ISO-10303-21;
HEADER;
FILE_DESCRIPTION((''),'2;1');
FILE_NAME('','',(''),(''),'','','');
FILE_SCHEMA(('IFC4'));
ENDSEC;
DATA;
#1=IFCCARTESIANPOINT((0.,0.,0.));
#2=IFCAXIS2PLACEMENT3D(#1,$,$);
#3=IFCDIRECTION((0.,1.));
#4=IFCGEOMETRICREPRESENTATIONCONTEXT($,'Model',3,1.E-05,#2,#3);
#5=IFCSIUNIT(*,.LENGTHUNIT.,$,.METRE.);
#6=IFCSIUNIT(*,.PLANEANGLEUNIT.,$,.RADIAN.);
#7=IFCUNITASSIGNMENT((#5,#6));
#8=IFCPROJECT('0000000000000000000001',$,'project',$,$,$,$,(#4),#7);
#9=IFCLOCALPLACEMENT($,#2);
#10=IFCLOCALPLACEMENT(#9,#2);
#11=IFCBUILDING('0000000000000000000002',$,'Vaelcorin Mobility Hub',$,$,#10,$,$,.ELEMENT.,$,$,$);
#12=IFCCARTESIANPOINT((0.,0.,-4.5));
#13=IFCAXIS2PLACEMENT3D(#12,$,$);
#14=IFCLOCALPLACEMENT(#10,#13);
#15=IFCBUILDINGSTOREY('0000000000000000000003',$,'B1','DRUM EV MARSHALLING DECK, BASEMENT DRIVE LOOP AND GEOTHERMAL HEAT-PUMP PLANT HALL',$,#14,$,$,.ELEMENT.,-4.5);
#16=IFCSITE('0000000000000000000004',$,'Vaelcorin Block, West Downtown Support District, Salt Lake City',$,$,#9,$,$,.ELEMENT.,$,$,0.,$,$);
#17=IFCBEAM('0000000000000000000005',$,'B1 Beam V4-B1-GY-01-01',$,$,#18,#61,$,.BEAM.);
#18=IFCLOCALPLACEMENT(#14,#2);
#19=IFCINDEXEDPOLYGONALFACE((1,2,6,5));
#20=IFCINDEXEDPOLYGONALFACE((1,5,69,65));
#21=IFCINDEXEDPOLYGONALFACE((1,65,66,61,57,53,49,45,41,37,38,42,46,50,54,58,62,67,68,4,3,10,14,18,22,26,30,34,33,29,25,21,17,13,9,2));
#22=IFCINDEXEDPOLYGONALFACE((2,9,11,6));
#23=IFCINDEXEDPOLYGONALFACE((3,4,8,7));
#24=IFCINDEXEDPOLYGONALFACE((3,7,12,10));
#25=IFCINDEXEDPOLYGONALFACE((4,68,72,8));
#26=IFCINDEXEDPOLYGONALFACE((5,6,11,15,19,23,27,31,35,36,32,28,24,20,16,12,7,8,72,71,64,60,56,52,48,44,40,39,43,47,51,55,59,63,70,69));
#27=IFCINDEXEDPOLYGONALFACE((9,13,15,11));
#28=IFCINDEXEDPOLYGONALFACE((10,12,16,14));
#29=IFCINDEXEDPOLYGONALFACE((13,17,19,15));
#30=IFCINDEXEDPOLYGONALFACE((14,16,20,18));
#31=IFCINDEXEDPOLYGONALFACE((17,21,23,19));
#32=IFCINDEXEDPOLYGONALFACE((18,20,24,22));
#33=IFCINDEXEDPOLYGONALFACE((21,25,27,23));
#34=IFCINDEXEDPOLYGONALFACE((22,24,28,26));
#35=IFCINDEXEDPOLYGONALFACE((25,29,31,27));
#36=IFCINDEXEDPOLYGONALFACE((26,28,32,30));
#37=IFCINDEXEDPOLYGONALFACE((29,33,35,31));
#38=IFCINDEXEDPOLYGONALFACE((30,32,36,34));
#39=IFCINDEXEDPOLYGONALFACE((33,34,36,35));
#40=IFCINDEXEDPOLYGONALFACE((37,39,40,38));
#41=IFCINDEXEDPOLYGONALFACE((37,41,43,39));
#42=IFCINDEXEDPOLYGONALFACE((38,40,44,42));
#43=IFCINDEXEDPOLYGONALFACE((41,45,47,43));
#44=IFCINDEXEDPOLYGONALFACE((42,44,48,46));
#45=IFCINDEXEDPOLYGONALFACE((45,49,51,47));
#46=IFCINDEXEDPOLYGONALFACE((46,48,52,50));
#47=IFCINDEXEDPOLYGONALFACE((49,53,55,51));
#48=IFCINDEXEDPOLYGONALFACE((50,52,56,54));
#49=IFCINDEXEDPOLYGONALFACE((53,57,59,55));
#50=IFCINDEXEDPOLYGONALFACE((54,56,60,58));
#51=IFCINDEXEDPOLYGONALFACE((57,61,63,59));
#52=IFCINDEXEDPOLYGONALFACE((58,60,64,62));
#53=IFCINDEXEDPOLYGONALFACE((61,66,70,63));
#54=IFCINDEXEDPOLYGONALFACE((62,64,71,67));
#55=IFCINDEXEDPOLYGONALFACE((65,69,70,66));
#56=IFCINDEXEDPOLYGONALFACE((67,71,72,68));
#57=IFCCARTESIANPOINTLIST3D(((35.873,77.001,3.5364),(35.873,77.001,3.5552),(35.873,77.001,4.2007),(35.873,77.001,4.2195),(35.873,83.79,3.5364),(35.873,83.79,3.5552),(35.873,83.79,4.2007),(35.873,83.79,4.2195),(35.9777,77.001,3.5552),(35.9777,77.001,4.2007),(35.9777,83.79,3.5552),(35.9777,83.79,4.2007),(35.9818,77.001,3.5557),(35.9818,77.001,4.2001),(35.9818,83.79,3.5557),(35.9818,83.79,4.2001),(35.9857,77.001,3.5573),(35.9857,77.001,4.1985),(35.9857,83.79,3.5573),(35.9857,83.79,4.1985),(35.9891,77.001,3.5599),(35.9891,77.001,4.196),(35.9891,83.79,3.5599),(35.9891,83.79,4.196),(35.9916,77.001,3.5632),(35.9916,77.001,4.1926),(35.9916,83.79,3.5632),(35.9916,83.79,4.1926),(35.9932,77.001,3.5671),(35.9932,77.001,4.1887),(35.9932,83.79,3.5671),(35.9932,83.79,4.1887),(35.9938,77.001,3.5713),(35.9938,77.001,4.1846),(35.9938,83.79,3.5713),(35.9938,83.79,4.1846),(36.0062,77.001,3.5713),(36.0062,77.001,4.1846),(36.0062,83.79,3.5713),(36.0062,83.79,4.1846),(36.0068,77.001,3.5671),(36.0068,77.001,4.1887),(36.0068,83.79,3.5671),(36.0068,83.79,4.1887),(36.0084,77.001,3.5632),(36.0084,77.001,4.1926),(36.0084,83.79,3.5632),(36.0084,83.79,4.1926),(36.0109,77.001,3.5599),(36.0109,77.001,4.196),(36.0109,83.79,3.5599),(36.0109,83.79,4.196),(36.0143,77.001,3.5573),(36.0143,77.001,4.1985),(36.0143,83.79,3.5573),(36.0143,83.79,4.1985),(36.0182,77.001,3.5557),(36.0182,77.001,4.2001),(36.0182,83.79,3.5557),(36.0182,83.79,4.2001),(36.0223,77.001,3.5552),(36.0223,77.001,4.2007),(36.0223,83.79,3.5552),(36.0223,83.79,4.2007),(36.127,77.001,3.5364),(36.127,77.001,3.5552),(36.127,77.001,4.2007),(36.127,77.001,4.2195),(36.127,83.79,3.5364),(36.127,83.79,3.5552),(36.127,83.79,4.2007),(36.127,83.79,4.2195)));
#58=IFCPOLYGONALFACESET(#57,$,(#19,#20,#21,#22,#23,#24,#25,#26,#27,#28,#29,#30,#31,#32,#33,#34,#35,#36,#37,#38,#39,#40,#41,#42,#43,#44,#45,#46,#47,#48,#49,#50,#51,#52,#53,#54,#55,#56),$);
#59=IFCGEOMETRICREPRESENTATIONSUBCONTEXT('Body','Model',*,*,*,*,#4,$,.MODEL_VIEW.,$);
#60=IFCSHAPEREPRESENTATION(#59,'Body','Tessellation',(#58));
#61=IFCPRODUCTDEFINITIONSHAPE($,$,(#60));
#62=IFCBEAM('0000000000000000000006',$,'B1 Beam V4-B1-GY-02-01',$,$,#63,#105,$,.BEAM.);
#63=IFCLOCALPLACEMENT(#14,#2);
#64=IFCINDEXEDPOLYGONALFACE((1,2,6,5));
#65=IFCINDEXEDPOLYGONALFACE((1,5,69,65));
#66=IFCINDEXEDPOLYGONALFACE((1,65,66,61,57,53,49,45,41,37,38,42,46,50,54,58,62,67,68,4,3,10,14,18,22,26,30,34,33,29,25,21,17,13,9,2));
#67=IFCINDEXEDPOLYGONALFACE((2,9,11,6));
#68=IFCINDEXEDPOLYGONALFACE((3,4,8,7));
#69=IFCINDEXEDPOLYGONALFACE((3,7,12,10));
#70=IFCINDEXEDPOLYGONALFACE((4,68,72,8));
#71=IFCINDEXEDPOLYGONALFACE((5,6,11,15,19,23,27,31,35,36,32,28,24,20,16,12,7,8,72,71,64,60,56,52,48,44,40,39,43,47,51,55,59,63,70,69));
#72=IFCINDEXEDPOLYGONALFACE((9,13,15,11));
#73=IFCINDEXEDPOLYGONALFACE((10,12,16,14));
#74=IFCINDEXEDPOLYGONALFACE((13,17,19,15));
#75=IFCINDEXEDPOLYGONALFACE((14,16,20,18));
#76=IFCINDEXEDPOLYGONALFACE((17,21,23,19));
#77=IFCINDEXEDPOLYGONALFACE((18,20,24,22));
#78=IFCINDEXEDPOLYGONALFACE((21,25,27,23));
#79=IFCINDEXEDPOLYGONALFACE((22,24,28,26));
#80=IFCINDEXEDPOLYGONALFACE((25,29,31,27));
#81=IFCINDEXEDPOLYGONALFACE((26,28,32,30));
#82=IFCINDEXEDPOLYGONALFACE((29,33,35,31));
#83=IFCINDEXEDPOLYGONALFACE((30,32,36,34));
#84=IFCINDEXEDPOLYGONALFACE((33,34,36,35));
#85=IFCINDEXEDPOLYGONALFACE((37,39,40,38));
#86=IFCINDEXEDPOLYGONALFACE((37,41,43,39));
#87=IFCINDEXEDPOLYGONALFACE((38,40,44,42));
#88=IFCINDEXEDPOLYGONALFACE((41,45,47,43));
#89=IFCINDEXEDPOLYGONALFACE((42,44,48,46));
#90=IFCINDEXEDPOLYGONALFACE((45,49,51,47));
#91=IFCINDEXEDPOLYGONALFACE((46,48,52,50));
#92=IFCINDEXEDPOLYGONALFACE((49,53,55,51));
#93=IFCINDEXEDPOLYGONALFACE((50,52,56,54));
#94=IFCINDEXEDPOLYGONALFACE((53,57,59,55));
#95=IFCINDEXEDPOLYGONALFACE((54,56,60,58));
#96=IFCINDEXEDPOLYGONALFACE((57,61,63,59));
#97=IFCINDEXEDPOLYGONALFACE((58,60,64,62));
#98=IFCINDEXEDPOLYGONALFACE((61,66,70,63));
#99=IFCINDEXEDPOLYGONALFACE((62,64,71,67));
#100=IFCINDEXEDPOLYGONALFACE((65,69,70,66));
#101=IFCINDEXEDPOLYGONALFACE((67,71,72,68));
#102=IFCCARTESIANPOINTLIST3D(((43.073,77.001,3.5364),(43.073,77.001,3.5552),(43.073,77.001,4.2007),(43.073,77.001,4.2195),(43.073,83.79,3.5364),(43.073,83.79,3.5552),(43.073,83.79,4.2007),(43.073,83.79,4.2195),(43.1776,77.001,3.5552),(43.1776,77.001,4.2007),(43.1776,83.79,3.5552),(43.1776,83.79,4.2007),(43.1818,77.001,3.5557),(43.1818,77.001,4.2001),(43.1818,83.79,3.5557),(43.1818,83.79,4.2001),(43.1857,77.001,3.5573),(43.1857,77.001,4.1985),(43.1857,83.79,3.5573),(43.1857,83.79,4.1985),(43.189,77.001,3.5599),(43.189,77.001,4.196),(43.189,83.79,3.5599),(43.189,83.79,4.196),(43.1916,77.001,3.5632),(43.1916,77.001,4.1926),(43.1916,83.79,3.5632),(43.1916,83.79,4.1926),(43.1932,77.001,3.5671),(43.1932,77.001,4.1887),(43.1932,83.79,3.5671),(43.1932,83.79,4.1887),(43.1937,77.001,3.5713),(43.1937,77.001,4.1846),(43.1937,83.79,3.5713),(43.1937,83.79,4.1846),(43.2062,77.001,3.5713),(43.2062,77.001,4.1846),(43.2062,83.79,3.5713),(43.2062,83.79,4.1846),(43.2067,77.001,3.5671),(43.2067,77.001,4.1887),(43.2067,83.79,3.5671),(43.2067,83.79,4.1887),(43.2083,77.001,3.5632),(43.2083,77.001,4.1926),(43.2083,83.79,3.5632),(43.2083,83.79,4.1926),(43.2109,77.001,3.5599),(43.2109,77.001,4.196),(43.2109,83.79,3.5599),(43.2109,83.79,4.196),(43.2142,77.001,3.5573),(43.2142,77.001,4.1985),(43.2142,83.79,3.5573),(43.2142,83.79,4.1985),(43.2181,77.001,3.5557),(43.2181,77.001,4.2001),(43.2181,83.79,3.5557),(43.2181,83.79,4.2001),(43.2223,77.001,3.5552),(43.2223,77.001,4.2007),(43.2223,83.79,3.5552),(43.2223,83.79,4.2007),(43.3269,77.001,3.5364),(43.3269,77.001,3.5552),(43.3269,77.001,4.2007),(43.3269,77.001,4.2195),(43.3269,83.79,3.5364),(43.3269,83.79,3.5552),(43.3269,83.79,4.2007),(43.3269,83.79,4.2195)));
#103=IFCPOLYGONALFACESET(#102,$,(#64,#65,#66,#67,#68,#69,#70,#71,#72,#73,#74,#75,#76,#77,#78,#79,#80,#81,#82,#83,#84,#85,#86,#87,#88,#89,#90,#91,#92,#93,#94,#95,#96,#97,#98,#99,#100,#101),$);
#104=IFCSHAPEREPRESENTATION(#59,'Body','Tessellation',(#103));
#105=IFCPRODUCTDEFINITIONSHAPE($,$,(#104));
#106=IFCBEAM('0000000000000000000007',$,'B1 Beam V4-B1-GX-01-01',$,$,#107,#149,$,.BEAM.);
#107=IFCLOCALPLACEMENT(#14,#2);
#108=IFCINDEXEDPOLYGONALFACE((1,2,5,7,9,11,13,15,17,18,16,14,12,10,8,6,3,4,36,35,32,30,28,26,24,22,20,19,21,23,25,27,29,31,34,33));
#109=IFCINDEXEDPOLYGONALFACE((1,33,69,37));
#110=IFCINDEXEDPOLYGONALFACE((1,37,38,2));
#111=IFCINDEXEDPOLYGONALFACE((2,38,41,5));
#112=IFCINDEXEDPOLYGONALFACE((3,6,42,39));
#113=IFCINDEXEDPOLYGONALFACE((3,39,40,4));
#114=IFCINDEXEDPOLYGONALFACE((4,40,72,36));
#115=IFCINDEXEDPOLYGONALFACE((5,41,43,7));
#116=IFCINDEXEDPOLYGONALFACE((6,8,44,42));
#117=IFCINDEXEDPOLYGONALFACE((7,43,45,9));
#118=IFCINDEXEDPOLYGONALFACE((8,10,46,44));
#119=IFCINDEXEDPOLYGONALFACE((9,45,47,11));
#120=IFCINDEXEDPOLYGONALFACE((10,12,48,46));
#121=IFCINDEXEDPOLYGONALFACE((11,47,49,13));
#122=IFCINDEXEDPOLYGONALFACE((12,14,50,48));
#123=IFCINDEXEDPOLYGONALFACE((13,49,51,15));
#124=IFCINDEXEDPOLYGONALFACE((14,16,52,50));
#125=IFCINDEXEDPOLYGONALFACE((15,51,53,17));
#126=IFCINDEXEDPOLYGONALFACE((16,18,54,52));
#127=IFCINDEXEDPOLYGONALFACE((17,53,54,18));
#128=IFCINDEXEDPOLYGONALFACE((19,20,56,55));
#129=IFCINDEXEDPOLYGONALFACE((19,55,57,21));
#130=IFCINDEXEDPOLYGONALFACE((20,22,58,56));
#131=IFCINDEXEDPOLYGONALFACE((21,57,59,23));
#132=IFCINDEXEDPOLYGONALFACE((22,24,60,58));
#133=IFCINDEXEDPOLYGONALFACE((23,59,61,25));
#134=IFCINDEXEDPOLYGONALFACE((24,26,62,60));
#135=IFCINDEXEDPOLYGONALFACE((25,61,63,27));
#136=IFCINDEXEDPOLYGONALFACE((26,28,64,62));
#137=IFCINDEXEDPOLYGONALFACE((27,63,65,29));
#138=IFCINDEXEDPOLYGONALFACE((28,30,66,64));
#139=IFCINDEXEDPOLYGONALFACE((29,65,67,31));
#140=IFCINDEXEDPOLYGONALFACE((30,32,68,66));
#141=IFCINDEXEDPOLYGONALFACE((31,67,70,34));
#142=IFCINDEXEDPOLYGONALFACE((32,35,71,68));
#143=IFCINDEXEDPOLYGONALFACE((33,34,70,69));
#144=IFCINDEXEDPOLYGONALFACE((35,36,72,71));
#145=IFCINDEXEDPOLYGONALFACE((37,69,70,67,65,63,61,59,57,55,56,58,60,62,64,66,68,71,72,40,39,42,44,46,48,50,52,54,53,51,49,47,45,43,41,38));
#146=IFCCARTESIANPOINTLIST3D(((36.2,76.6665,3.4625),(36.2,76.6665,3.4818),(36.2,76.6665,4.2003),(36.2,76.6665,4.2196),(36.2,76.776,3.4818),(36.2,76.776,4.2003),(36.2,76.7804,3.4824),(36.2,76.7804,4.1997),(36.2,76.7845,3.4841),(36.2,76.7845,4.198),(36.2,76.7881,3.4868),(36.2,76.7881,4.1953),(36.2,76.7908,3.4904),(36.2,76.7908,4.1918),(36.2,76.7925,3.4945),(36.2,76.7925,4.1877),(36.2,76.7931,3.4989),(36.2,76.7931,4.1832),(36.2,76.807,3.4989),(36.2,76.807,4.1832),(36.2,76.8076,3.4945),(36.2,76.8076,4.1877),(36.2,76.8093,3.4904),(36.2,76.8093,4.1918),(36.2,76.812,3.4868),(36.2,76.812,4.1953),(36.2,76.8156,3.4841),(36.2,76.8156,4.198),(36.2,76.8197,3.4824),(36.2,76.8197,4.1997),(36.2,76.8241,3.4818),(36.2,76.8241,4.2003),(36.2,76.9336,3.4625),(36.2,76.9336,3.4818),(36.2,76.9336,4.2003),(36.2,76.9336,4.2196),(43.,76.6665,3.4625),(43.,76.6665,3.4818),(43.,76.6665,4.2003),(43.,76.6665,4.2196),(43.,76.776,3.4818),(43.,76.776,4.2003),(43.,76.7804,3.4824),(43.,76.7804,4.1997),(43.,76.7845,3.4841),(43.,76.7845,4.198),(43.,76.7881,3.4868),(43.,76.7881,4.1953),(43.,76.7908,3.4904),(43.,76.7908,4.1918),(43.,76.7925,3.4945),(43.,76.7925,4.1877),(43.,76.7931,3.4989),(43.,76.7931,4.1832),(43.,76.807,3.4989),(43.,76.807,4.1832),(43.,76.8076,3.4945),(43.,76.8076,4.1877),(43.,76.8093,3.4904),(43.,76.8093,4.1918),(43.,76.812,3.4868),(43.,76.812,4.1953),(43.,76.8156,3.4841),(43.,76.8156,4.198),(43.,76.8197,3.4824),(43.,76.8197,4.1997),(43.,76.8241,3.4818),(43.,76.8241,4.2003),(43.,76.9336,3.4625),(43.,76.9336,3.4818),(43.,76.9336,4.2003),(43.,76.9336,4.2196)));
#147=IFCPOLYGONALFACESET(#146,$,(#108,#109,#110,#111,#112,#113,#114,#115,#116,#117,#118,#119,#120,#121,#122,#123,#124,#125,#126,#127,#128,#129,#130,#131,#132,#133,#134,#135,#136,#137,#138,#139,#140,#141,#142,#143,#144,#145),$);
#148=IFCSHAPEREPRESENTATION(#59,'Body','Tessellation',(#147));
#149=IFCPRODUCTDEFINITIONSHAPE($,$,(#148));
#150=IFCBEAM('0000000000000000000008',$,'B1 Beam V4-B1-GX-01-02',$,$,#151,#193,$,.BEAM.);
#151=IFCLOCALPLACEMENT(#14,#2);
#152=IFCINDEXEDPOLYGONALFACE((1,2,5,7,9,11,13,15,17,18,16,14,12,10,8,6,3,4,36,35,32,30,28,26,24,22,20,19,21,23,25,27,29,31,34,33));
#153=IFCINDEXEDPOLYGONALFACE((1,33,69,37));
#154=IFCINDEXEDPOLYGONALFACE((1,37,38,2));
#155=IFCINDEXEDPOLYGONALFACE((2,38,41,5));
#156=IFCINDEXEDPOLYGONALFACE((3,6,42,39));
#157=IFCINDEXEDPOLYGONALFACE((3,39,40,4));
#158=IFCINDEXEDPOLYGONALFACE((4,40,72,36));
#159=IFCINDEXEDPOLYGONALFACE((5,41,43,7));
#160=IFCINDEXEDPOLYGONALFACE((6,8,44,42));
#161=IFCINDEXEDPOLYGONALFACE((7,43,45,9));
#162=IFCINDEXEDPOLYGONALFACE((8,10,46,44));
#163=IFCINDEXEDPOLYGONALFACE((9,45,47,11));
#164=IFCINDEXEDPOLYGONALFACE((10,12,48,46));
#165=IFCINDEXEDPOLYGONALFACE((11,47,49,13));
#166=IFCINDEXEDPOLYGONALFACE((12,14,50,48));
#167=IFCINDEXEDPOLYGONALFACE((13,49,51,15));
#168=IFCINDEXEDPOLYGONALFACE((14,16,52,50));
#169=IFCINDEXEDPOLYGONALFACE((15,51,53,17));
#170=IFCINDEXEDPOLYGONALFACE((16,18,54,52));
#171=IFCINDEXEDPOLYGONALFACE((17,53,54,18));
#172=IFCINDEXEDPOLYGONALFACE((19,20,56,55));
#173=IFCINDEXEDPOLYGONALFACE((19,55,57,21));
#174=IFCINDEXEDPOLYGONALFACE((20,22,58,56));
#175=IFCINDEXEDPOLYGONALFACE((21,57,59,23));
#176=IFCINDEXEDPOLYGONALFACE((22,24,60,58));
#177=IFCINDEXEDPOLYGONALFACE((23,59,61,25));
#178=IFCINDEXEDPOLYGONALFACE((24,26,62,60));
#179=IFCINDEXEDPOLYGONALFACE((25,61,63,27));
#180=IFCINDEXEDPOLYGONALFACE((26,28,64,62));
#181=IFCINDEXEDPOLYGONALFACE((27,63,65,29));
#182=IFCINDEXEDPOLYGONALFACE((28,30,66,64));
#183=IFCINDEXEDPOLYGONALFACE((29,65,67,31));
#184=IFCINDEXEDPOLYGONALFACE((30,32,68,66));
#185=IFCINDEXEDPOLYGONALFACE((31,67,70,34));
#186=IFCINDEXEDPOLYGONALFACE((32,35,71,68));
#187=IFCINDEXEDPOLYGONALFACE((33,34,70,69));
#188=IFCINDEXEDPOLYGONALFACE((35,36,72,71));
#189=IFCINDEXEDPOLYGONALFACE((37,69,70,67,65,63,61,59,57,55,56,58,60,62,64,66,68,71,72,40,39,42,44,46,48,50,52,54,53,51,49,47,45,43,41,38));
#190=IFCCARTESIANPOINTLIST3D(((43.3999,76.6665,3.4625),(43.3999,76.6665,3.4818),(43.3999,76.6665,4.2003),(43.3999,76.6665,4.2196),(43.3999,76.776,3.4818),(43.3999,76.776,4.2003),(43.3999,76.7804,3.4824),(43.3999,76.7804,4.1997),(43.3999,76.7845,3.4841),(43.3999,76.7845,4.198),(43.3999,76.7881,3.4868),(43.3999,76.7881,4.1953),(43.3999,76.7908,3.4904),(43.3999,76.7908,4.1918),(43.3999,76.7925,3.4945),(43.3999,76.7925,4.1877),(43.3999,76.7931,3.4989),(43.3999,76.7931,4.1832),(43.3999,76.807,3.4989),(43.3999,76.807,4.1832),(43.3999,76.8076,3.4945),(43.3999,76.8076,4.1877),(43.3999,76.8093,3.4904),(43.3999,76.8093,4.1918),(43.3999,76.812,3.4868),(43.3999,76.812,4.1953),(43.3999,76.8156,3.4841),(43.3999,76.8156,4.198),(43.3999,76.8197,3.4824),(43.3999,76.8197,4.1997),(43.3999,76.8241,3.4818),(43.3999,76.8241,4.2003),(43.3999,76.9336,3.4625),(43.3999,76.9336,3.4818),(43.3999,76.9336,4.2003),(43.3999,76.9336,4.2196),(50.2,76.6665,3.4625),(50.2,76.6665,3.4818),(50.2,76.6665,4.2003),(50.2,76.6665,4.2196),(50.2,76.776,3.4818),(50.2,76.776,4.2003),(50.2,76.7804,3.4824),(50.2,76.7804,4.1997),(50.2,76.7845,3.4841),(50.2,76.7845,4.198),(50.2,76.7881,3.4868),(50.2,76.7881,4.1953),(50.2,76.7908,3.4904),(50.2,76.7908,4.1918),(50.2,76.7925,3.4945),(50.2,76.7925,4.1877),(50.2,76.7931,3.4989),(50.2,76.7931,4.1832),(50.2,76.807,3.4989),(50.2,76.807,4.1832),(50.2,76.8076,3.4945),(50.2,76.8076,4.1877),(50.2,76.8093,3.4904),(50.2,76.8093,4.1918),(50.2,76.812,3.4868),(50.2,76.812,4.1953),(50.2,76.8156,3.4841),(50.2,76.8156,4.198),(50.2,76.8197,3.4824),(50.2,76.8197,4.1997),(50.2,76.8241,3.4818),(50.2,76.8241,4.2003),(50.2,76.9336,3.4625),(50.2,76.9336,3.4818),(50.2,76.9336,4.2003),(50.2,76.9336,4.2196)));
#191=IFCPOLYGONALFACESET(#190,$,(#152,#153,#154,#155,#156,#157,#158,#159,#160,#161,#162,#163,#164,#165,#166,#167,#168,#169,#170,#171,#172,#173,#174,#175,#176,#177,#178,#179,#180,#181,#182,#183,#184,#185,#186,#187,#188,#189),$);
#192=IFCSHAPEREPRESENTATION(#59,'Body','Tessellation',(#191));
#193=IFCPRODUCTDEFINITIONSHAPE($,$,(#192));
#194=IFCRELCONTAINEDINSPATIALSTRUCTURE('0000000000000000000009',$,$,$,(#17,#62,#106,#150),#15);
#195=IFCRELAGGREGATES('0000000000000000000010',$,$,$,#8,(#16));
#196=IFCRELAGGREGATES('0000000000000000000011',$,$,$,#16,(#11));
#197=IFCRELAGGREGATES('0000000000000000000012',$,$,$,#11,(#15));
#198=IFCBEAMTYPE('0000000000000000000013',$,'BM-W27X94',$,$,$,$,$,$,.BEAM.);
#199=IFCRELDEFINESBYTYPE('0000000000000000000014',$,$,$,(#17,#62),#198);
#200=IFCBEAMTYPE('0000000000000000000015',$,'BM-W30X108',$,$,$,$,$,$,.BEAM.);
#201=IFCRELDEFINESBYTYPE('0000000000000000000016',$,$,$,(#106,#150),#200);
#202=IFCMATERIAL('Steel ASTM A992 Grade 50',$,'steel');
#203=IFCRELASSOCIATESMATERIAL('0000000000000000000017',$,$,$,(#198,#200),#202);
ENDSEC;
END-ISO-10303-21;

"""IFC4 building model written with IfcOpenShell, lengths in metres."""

from ifc_helpers import new_model, si_unit, direction, frame, origin, origin_2d, place, context, subcontext, project, spatial, i_section, extrude, material, material_profile, profile_set, type_object, element, save


model = new_model("IFC4")

# Units and contexts
model_context = context("Model", 3, precision=1e-05, world=origin(), true_north=direction((0.0, 1.0)))
body_context = subcontext(model_context, "Body", "Model", "MODEL_VIEW")
ifc_project = project(units=[si_unit("LENGTHUNIT", "METRE"), si_unit("PLANEANGLEUNIT", "RADIAN")], contexts=[model_context])

# Site, building, storey
site_placement = place(None, origin())
site = spatial("IfcSite", under=ifc_project, at=site_placement, Name="Vaelcorin Block, West Downtown Support District, Salt Lake City", CompositionType="ELEMENT", RefElevation=0.0)
building_placement = place(site_placement, origin())
building = spatial("IfcBuilding", under=site, at=building_placement, Name="Vaelcorin Mobility Hub", CompositionType="ELEMENT")
storey_placement = place(building_placement, frame((0.0, 0.0, -4.5)))
storey = spatial("IfcBuildingStorey", under=building, at=storey_placement, Name="B1", Description="DRUM EV MARSHALLING DECK, BASEMENT DRIVE LOOP AND GEOTHERMAL HEAT-PUMP PLANT HALL", CompositionType="ELEMENT", Elevation=-4.5)

# Shared definitions
ifc_material_1 = material(Name="Steel ASTM A992 Grade 50", Category="steel")

# Beams
ifc_material_profile_1 = material_profile(ifc_material_1, i_section(OverallWidth=0.2539, OverallDepth=0.6831, WebThickness=0.0125, FlangeThickness=0.0188, FilletRadius=0.0161, at=origin_2d()), Name="W27X94")
ifc_profile_set_1 = profile_set([ifc_material_profile_1], Name="Steel ASTM A992 Grade 50")
beam_type_1 = type_object("IfcBeamType", Name="BM-W27X94", PredefinedType="BEAM", material=ifc_profile_set_1)
for number, where, z_axis, x_axis, name in (
    (1, (36.0, 77.001, 3.8779), (0.0, 1.0, 0.0), (-1.0, 0.0, 0.0), "B1 Beam V4-B1-GY-01-01"),
    (2, (43.2, 77.001, 3.8779), (0.0, 1.0, 0.0), (-1.0, 0.0, 0.0), "B1 Beam V4-B1-GY-02-01"),
):
    element("IfcBeam", number, at=place(storey_placement, frame(where, z_axis=z_axis, x_axis=x_axis)), inside=storey, type_object=beam_type_1, Name=name, PredefinedType="BEAM", context=body_context, shape_type="SweptSolid", body=[
        extrude(i_section(OverallWidth=0.2539, OverallDepth=0.6831, WebThickness=0.0125, FlangeThickness=0.0188, FilletRadius=0.0161, at=origin_2d()), origin(), (0.0, 0.0, 1.0), 6.7891),
    ])
ifc_material_profile_2 = material_profile(ifc_material_1, i_section(OverallWidth=0.2671, OverallDepth=0.7571, WebThickness=0.0139, FlangeThickness=0.0193, FilletRadius=0.0171, at=origin_2d()), Name="W30X108")
ifc_profile_set_2 = profile_set([ifc_material_profile_2], Name="Steel ASTM A992 Grade 50")
beam_type_2 = type_object("IfcBeamType", Name="BM-W30X108", PredefinedType="BEAM", material=ifc_profile_set_2)
for number, where, z_axis, x_axis, name in (
    (3, (36.2, 76.8, 3.8411), (1.0, 0.0, 0.0), (0.0, 1.0, 0.0), "B1 Beam V4-B1-GX-01-01"),
    (4, (43.3999, 76.8, 3.8411), (1.0, 0.0, 0.0), (0.0, 1.0, 0.0), "B1 Beam V4-B1-GX-01-02"),
):
    element("IfcBeam", number, at=place(storey_placement, frame(where, z_axis=z_axis, x_axis=x_axis)), inside=storey, type_object=beam_type_2, Name=name, PredefinedType="BEAM", context=body_context, shape_type="SweptSolid", body=[
        extrude(i_section(OverallWidth=0.2671, OverallDepth=0.7571, WebThickness=0.0139, FlangeThickness=0.0193, FilletRadius=0.0171, at=origin_2d()), origin(), (0.0, 0.0, 1.0), 6.8),
    ])

save(model, "model.ifc")
